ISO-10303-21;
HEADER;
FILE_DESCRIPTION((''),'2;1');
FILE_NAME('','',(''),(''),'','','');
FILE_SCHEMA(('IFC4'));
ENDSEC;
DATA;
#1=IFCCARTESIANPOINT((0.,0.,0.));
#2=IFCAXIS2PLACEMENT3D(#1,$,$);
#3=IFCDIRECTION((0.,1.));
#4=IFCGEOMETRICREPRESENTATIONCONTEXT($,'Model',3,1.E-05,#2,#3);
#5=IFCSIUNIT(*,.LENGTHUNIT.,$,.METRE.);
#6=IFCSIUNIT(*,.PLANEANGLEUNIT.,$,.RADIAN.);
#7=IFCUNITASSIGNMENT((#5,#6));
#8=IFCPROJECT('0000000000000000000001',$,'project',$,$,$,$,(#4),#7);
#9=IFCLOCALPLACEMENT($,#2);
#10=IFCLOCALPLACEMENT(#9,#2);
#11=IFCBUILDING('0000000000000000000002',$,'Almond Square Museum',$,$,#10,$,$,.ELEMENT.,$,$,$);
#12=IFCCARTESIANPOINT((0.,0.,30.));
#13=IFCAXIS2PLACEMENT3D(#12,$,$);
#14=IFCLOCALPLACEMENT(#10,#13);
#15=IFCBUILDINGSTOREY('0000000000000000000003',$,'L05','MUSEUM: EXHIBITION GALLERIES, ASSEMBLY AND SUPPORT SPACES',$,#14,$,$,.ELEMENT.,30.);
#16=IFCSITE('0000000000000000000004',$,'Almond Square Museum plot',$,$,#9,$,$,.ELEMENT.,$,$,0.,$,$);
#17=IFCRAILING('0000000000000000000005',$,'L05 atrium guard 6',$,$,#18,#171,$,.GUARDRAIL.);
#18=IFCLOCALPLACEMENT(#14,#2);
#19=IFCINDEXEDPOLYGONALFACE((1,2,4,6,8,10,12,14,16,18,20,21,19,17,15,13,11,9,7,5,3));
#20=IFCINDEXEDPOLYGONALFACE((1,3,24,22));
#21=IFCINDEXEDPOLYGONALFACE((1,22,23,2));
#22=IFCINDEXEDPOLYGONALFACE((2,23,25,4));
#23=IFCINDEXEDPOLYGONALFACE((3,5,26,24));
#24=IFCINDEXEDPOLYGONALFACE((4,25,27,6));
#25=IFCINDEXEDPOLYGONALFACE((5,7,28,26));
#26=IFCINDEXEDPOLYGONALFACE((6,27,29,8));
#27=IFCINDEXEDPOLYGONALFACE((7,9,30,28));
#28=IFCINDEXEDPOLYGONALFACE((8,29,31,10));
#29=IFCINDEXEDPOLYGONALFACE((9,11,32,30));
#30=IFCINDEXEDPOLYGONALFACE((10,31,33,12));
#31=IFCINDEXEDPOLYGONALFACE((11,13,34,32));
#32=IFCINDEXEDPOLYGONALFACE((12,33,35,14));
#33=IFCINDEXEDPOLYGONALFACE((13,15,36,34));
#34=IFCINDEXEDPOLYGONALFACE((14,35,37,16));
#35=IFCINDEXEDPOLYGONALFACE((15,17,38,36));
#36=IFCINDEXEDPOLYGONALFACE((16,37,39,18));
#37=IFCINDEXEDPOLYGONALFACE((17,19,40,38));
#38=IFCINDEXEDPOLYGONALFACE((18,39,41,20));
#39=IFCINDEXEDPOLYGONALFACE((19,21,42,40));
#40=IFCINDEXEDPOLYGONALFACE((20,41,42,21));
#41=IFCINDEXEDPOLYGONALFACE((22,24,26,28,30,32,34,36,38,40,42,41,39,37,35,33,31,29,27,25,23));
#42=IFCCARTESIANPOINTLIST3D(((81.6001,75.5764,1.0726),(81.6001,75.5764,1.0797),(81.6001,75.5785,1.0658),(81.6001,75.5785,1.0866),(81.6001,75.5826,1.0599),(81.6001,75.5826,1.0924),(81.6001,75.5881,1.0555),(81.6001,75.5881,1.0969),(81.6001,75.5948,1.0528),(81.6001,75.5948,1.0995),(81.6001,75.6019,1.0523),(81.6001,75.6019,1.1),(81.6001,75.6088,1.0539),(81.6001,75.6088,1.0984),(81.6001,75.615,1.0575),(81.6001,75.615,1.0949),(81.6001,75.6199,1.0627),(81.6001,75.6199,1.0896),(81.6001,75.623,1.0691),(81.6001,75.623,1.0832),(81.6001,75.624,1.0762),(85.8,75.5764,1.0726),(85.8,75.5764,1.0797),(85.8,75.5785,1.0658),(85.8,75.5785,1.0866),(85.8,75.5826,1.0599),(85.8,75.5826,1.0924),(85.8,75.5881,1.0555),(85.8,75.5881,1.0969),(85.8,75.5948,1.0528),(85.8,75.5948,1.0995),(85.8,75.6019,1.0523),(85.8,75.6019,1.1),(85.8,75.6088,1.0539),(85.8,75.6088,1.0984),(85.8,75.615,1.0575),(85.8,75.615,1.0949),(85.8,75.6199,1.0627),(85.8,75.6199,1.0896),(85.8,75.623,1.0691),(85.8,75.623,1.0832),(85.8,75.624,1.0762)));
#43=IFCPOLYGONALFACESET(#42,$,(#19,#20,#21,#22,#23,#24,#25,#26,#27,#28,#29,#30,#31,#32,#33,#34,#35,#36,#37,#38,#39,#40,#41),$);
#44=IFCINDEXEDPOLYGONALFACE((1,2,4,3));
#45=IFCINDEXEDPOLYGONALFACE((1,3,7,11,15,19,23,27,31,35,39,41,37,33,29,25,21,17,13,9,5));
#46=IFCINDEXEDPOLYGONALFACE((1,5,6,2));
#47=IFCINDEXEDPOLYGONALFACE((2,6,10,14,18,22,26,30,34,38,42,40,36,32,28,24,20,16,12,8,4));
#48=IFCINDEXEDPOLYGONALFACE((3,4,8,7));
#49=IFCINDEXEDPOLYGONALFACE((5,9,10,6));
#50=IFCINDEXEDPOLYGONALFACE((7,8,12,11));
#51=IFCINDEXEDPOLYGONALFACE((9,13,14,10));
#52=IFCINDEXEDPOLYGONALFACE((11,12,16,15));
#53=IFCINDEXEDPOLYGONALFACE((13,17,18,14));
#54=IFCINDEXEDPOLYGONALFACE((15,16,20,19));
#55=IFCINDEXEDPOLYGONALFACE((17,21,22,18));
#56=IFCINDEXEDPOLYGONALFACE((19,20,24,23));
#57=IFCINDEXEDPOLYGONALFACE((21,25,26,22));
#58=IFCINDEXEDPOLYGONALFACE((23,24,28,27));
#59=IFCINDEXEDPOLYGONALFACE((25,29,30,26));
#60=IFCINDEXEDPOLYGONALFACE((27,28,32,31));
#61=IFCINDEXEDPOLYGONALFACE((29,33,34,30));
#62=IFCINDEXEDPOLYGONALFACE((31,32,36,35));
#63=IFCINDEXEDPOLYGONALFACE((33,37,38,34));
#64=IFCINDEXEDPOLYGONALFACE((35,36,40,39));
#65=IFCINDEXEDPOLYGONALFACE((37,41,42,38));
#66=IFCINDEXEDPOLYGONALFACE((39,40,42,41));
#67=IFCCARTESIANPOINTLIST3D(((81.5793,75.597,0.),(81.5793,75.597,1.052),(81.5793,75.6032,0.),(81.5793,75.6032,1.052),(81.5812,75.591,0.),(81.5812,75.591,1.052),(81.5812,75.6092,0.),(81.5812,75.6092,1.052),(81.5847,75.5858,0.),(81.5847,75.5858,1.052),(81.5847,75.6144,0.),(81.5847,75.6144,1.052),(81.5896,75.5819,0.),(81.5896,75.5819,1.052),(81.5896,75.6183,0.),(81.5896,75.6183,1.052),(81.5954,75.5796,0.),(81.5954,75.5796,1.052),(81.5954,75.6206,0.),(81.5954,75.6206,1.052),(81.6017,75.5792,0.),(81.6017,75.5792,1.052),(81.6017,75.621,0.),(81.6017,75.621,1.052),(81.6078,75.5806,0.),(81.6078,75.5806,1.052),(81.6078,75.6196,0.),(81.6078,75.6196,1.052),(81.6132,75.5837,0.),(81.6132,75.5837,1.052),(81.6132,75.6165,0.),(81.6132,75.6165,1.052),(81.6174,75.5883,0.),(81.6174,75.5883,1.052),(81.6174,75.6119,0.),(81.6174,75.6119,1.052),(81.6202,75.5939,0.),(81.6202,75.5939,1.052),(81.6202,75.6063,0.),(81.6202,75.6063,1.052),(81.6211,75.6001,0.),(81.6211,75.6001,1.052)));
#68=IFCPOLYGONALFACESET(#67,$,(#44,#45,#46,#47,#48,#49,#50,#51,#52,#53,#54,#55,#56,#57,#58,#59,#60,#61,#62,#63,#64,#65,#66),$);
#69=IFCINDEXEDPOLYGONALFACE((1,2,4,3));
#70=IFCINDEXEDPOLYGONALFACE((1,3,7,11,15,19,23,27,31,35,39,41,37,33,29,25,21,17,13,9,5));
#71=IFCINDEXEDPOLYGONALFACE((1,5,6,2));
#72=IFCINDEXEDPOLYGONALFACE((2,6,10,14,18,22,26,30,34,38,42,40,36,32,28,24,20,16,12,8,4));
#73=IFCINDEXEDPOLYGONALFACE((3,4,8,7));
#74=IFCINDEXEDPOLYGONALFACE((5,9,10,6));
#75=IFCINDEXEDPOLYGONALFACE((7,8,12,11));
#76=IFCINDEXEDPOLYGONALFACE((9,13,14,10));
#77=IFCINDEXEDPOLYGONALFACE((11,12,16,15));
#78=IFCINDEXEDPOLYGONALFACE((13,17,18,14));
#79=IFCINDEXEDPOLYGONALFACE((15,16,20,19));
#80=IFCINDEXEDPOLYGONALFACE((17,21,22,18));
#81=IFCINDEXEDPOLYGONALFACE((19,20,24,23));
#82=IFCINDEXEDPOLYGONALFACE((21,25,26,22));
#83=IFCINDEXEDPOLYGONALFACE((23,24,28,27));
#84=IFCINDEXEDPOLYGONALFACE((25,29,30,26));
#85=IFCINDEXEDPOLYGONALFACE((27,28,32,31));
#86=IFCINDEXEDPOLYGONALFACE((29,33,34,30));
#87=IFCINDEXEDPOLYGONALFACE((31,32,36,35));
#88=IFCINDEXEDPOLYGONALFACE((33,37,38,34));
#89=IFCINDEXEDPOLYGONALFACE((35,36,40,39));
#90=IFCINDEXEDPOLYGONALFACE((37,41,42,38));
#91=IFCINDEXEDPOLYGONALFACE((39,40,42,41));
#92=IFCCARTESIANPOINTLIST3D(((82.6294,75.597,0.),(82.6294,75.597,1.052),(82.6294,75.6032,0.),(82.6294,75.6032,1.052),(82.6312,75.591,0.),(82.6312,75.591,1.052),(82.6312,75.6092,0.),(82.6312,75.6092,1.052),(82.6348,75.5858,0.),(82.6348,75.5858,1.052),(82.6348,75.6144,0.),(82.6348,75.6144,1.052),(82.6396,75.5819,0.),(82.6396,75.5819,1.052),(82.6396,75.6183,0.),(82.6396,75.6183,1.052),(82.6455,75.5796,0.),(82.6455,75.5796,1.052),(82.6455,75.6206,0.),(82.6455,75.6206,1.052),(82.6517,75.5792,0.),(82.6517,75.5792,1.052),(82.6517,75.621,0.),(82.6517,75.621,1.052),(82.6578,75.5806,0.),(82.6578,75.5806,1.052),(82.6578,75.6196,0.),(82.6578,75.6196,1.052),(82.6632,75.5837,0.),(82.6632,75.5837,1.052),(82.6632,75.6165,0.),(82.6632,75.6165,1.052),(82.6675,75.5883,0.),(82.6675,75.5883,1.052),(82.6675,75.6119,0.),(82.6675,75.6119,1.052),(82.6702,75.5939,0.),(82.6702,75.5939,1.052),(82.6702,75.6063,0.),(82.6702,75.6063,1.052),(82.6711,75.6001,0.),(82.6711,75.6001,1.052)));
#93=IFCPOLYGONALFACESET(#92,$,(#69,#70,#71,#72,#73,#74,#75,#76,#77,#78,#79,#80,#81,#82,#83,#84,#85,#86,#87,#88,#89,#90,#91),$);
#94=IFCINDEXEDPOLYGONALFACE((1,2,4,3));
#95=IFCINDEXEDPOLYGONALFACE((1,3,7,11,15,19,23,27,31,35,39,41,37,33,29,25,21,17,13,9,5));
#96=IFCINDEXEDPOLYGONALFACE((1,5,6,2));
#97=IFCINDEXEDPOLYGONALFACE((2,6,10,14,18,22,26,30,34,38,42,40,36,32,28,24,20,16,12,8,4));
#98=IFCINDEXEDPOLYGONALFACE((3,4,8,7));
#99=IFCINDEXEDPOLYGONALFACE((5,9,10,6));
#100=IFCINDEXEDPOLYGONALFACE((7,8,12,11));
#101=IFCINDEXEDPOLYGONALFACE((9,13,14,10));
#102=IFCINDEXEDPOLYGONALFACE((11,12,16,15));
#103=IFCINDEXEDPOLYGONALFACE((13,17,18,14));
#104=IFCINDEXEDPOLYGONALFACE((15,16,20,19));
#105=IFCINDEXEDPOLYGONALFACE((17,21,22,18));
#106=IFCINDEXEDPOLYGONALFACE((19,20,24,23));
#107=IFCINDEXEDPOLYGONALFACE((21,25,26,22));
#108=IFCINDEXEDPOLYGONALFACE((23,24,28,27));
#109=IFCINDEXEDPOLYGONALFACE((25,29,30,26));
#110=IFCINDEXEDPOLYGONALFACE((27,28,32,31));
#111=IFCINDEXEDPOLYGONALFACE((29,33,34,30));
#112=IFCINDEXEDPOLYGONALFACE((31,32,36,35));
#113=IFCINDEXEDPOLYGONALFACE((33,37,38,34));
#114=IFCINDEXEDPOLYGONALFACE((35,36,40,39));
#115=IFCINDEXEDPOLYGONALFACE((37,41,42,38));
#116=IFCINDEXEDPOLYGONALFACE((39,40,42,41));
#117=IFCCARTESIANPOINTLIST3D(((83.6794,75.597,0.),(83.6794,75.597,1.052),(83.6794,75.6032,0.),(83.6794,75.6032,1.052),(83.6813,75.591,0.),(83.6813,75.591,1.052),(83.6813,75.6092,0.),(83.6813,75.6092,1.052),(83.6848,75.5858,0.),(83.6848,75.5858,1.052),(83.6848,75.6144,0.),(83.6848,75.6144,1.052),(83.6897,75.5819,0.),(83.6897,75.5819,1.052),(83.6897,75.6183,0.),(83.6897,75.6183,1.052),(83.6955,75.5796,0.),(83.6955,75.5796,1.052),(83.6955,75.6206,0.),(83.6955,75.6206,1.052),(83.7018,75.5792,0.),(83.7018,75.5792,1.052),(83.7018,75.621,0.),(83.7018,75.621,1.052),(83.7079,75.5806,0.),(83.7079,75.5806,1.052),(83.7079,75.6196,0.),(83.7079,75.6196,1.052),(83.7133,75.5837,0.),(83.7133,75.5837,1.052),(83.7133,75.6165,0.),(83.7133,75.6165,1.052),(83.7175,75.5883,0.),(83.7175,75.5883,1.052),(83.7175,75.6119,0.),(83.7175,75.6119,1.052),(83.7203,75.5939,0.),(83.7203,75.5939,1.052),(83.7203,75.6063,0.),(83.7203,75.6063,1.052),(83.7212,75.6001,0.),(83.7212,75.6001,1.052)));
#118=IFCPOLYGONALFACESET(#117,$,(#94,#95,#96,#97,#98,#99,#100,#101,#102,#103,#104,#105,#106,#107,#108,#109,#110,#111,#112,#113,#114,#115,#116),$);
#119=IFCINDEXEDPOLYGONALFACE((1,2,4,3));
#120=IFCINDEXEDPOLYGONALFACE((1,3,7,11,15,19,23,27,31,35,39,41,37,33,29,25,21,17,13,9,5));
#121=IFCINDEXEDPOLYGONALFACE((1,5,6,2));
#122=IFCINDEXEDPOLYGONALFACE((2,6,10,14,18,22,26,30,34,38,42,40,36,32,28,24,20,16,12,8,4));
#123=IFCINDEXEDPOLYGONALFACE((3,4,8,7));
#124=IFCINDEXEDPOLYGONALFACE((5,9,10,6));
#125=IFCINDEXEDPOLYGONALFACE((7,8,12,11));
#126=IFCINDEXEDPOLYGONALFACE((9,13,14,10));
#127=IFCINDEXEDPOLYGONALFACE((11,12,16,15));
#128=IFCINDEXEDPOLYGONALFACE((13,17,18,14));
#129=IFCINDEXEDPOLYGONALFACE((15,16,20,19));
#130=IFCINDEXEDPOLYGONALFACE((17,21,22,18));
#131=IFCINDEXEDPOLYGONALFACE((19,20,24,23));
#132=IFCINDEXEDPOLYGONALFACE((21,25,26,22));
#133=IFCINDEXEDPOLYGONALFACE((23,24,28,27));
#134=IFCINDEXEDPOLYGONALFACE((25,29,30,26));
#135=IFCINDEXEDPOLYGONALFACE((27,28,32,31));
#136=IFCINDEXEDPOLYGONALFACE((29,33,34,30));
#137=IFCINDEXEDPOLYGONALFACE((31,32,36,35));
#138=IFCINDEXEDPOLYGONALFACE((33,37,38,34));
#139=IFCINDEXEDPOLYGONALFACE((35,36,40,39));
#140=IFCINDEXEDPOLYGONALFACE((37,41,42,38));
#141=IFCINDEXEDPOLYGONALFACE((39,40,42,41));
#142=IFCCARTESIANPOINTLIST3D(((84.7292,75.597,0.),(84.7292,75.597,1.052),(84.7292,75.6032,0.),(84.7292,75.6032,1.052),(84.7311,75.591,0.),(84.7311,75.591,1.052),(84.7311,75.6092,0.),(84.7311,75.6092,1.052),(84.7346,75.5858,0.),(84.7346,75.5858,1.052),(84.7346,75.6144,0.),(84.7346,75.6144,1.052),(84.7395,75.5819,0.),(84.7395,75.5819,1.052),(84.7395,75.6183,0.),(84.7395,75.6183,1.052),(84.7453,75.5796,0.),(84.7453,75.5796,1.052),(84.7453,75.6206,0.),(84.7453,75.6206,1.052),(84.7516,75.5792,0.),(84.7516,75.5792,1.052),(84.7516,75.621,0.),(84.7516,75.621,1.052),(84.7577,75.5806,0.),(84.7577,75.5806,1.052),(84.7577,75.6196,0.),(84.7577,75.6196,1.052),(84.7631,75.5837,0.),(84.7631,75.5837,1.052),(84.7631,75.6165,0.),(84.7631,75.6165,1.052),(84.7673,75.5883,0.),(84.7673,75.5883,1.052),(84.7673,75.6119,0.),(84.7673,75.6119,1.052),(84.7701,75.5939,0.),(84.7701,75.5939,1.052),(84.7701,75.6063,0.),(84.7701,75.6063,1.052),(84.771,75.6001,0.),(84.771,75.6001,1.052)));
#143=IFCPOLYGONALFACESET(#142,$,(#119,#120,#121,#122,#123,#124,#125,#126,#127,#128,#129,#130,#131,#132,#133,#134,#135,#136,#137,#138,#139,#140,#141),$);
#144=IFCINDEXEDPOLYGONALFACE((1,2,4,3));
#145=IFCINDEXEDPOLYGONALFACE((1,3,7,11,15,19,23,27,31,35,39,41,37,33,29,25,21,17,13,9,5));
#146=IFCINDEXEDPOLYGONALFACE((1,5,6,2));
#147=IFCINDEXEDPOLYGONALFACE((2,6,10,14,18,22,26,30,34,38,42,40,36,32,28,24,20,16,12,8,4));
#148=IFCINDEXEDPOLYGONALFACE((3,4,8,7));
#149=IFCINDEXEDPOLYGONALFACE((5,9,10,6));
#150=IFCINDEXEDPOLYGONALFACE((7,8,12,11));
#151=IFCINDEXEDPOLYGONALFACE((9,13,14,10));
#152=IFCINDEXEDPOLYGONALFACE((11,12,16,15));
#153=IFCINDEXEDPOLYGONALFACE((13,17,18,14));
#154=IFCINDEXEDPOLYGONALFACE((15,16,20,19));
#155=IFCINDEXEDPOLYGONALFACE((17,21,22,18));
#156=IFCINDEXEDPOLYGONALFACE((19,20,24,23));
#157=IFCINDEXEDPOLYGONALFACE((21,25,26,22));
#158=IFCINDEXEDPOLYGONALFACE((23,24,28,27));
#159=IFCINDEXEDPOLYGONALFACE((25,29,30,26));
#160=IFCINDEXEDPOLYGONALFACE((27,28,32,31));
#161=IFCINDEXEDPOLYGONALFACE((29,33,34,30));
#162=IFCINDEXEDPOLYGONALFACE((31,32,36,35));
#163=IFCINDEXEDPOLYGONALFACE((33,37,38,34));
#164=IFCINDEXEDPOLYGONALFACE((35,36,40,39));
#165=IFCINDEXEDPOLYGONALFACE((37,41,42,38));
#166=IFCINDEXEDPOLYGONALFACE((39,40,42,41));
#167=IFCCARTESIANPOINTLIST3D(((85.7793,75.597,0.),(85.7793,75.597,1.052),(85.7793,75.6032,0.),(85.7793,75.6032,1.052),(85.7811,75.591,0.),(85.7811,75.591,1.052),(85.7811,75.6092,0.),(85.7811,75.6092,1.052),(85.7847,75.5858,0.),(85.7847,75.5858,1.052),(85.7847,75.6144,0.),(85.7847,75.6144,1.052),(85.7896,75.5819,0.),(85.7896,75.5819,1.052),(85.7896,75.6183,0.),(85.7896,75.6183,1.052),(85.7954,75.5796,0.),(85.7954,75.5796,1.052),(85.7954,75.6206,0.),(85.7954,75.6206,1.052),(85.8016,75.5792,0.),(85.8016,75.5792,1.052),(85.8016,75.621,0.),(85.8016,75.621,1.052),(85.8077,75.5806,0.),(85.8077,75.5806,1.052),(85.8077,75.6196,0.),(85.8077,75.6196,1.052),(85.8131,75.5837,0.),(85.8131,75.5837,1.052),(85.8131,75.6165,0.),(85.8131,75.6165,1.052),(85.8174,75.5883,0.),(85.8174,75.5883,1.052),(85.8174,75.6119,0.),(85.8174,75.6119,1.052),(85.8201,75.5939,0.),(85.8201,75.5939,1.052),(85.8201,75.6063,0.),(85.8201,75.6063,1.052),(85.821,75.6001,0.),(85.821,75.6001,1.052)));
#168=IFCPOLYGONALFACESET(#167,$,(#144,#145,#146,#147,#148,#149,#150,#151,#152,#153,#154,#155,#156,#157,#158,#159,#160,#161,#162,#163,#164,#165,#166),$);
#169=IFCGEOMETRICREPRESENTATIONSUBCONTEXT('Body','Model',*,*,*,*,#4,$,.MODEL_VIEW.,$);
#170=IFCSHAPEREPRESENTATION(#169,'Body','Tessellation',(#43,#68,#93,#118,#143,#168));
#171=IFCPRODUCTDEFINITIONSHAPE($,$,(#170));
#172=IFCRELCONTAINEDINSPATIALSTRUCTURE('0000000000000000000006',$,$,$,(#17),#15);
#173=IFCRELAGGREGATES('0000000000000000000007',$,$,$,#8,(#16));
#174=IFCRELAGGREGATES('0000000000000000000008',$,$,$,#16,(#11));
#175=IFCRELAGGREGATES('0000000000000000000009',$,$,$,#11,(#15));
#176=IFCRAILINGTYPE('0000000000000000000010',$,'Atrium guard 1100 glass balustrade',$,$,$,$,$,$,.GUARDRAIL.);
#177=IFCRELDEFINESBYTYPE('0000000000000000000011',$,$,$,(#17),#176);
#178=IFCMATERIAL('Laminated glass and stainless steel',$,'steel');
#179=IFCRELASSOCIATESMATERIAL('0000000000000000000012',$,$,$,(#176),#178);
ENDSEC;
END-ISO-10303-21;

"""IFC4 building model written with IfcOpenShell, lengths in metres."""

from ifc_helpers import new_model, si_unit, direction, frame, origin, origin_2d, place, context, subcontext, project, spatial, circle, extrude, material, type_object, element, save


model = new_model("IFC4")

# Units and contexts
model_context = context("Model", 3, precision=1e-05, world=origin(), true_north=direction((0.0, 1.0)))
body_context = subcontext(model_context, "Body", "Model", "MODEL_VIEW")
ifc_project = project(units=[si_unit("LENGTHUNIT", "METRE"), si_unit("PLANEANGLEUNIT", "RADIAN")], contexts=[model_context])

# Site, building, storey
site_placement = place(None, origin())
site = spatial("IfcSite", under=ifc_project, at=site_placement, Name="Almond Square Museum plot", CompositionType="ELEMENT", RefElevation=0.0)
building_placement = place(site_placement, origin())
building = spatial("IfcBuilding", under=site, at=building_placement, Name="Almond Square Museum", CompositionType="ELEMENT")
storey_placement = place(building_placement, frame((0.0, 0.0, 30.0)))
storey = spatial("IfcBuildingStorey", under=building, at=storey_placement, Name="L05", Description="MUSEUM: EXHIBITION GALLERIES, ASSEMBLY AND SUPPORT SPACES", CompositionType="ELEMENT", Elevation=30.0)

# Railing
ifc_material_1 = material(Name="Laminated glass and stainless steel", Category="steel")
railing_type_1 = type_object("IfcRailingType", Name="Atrium guard 1100 glass balustrade", PredefinedType="GUARDRAIL", material=ifc_material_1)
railing_1_placement = place(storey_placement, frame((81.6001, 75.6001, 0.0)))
element("IfcRailing", 1, at=railing_1_placement, inside=storey, type_object=railing_type_1, Name="L05 atrium guard 6", PredefinedType="GUARDRAIL", context=body_context, shape_type="SweptSolid", body=[
    extrude(circle(Radius=0.0239, at=origin_2d()), frame((0.0, 0.0, 1.0762), z_axis=(1.0, 0.0, 0.0), x_axis=(0.0, 1.0, 0.0)), (0.0, 0.0, 1.0), 4.2),
    extrude(circle(Radius=0.021, at=origin_2d()), origin(), (0.0, 0.0, 1.0), 1.052),
    extrude(circle(Radius=0.021, at=origin_2d()), frame((1.05, 0.0, 0.0)), (0.0, 0.0, 1.0), 1.052),
    extrude(circle(Radius=0.021, at=origin_2d()), frame((2.1001, 0.0, 0.0)), (0.0, 0.0, 1.0), 1.052),
    extrude(circle(Radius=0.021, at=origin_2d()), frame((3.1499, 0.0, 0.0)), (0.0, 0.0, 1.0), 1.052),
    extrude(circle(Radius=0.021, at=origin_2d()), frame((4.2, 0.0, 0.0)), (0.0, 0.0, 1.0), 1.052),
])

save(model, "model.ifc")
